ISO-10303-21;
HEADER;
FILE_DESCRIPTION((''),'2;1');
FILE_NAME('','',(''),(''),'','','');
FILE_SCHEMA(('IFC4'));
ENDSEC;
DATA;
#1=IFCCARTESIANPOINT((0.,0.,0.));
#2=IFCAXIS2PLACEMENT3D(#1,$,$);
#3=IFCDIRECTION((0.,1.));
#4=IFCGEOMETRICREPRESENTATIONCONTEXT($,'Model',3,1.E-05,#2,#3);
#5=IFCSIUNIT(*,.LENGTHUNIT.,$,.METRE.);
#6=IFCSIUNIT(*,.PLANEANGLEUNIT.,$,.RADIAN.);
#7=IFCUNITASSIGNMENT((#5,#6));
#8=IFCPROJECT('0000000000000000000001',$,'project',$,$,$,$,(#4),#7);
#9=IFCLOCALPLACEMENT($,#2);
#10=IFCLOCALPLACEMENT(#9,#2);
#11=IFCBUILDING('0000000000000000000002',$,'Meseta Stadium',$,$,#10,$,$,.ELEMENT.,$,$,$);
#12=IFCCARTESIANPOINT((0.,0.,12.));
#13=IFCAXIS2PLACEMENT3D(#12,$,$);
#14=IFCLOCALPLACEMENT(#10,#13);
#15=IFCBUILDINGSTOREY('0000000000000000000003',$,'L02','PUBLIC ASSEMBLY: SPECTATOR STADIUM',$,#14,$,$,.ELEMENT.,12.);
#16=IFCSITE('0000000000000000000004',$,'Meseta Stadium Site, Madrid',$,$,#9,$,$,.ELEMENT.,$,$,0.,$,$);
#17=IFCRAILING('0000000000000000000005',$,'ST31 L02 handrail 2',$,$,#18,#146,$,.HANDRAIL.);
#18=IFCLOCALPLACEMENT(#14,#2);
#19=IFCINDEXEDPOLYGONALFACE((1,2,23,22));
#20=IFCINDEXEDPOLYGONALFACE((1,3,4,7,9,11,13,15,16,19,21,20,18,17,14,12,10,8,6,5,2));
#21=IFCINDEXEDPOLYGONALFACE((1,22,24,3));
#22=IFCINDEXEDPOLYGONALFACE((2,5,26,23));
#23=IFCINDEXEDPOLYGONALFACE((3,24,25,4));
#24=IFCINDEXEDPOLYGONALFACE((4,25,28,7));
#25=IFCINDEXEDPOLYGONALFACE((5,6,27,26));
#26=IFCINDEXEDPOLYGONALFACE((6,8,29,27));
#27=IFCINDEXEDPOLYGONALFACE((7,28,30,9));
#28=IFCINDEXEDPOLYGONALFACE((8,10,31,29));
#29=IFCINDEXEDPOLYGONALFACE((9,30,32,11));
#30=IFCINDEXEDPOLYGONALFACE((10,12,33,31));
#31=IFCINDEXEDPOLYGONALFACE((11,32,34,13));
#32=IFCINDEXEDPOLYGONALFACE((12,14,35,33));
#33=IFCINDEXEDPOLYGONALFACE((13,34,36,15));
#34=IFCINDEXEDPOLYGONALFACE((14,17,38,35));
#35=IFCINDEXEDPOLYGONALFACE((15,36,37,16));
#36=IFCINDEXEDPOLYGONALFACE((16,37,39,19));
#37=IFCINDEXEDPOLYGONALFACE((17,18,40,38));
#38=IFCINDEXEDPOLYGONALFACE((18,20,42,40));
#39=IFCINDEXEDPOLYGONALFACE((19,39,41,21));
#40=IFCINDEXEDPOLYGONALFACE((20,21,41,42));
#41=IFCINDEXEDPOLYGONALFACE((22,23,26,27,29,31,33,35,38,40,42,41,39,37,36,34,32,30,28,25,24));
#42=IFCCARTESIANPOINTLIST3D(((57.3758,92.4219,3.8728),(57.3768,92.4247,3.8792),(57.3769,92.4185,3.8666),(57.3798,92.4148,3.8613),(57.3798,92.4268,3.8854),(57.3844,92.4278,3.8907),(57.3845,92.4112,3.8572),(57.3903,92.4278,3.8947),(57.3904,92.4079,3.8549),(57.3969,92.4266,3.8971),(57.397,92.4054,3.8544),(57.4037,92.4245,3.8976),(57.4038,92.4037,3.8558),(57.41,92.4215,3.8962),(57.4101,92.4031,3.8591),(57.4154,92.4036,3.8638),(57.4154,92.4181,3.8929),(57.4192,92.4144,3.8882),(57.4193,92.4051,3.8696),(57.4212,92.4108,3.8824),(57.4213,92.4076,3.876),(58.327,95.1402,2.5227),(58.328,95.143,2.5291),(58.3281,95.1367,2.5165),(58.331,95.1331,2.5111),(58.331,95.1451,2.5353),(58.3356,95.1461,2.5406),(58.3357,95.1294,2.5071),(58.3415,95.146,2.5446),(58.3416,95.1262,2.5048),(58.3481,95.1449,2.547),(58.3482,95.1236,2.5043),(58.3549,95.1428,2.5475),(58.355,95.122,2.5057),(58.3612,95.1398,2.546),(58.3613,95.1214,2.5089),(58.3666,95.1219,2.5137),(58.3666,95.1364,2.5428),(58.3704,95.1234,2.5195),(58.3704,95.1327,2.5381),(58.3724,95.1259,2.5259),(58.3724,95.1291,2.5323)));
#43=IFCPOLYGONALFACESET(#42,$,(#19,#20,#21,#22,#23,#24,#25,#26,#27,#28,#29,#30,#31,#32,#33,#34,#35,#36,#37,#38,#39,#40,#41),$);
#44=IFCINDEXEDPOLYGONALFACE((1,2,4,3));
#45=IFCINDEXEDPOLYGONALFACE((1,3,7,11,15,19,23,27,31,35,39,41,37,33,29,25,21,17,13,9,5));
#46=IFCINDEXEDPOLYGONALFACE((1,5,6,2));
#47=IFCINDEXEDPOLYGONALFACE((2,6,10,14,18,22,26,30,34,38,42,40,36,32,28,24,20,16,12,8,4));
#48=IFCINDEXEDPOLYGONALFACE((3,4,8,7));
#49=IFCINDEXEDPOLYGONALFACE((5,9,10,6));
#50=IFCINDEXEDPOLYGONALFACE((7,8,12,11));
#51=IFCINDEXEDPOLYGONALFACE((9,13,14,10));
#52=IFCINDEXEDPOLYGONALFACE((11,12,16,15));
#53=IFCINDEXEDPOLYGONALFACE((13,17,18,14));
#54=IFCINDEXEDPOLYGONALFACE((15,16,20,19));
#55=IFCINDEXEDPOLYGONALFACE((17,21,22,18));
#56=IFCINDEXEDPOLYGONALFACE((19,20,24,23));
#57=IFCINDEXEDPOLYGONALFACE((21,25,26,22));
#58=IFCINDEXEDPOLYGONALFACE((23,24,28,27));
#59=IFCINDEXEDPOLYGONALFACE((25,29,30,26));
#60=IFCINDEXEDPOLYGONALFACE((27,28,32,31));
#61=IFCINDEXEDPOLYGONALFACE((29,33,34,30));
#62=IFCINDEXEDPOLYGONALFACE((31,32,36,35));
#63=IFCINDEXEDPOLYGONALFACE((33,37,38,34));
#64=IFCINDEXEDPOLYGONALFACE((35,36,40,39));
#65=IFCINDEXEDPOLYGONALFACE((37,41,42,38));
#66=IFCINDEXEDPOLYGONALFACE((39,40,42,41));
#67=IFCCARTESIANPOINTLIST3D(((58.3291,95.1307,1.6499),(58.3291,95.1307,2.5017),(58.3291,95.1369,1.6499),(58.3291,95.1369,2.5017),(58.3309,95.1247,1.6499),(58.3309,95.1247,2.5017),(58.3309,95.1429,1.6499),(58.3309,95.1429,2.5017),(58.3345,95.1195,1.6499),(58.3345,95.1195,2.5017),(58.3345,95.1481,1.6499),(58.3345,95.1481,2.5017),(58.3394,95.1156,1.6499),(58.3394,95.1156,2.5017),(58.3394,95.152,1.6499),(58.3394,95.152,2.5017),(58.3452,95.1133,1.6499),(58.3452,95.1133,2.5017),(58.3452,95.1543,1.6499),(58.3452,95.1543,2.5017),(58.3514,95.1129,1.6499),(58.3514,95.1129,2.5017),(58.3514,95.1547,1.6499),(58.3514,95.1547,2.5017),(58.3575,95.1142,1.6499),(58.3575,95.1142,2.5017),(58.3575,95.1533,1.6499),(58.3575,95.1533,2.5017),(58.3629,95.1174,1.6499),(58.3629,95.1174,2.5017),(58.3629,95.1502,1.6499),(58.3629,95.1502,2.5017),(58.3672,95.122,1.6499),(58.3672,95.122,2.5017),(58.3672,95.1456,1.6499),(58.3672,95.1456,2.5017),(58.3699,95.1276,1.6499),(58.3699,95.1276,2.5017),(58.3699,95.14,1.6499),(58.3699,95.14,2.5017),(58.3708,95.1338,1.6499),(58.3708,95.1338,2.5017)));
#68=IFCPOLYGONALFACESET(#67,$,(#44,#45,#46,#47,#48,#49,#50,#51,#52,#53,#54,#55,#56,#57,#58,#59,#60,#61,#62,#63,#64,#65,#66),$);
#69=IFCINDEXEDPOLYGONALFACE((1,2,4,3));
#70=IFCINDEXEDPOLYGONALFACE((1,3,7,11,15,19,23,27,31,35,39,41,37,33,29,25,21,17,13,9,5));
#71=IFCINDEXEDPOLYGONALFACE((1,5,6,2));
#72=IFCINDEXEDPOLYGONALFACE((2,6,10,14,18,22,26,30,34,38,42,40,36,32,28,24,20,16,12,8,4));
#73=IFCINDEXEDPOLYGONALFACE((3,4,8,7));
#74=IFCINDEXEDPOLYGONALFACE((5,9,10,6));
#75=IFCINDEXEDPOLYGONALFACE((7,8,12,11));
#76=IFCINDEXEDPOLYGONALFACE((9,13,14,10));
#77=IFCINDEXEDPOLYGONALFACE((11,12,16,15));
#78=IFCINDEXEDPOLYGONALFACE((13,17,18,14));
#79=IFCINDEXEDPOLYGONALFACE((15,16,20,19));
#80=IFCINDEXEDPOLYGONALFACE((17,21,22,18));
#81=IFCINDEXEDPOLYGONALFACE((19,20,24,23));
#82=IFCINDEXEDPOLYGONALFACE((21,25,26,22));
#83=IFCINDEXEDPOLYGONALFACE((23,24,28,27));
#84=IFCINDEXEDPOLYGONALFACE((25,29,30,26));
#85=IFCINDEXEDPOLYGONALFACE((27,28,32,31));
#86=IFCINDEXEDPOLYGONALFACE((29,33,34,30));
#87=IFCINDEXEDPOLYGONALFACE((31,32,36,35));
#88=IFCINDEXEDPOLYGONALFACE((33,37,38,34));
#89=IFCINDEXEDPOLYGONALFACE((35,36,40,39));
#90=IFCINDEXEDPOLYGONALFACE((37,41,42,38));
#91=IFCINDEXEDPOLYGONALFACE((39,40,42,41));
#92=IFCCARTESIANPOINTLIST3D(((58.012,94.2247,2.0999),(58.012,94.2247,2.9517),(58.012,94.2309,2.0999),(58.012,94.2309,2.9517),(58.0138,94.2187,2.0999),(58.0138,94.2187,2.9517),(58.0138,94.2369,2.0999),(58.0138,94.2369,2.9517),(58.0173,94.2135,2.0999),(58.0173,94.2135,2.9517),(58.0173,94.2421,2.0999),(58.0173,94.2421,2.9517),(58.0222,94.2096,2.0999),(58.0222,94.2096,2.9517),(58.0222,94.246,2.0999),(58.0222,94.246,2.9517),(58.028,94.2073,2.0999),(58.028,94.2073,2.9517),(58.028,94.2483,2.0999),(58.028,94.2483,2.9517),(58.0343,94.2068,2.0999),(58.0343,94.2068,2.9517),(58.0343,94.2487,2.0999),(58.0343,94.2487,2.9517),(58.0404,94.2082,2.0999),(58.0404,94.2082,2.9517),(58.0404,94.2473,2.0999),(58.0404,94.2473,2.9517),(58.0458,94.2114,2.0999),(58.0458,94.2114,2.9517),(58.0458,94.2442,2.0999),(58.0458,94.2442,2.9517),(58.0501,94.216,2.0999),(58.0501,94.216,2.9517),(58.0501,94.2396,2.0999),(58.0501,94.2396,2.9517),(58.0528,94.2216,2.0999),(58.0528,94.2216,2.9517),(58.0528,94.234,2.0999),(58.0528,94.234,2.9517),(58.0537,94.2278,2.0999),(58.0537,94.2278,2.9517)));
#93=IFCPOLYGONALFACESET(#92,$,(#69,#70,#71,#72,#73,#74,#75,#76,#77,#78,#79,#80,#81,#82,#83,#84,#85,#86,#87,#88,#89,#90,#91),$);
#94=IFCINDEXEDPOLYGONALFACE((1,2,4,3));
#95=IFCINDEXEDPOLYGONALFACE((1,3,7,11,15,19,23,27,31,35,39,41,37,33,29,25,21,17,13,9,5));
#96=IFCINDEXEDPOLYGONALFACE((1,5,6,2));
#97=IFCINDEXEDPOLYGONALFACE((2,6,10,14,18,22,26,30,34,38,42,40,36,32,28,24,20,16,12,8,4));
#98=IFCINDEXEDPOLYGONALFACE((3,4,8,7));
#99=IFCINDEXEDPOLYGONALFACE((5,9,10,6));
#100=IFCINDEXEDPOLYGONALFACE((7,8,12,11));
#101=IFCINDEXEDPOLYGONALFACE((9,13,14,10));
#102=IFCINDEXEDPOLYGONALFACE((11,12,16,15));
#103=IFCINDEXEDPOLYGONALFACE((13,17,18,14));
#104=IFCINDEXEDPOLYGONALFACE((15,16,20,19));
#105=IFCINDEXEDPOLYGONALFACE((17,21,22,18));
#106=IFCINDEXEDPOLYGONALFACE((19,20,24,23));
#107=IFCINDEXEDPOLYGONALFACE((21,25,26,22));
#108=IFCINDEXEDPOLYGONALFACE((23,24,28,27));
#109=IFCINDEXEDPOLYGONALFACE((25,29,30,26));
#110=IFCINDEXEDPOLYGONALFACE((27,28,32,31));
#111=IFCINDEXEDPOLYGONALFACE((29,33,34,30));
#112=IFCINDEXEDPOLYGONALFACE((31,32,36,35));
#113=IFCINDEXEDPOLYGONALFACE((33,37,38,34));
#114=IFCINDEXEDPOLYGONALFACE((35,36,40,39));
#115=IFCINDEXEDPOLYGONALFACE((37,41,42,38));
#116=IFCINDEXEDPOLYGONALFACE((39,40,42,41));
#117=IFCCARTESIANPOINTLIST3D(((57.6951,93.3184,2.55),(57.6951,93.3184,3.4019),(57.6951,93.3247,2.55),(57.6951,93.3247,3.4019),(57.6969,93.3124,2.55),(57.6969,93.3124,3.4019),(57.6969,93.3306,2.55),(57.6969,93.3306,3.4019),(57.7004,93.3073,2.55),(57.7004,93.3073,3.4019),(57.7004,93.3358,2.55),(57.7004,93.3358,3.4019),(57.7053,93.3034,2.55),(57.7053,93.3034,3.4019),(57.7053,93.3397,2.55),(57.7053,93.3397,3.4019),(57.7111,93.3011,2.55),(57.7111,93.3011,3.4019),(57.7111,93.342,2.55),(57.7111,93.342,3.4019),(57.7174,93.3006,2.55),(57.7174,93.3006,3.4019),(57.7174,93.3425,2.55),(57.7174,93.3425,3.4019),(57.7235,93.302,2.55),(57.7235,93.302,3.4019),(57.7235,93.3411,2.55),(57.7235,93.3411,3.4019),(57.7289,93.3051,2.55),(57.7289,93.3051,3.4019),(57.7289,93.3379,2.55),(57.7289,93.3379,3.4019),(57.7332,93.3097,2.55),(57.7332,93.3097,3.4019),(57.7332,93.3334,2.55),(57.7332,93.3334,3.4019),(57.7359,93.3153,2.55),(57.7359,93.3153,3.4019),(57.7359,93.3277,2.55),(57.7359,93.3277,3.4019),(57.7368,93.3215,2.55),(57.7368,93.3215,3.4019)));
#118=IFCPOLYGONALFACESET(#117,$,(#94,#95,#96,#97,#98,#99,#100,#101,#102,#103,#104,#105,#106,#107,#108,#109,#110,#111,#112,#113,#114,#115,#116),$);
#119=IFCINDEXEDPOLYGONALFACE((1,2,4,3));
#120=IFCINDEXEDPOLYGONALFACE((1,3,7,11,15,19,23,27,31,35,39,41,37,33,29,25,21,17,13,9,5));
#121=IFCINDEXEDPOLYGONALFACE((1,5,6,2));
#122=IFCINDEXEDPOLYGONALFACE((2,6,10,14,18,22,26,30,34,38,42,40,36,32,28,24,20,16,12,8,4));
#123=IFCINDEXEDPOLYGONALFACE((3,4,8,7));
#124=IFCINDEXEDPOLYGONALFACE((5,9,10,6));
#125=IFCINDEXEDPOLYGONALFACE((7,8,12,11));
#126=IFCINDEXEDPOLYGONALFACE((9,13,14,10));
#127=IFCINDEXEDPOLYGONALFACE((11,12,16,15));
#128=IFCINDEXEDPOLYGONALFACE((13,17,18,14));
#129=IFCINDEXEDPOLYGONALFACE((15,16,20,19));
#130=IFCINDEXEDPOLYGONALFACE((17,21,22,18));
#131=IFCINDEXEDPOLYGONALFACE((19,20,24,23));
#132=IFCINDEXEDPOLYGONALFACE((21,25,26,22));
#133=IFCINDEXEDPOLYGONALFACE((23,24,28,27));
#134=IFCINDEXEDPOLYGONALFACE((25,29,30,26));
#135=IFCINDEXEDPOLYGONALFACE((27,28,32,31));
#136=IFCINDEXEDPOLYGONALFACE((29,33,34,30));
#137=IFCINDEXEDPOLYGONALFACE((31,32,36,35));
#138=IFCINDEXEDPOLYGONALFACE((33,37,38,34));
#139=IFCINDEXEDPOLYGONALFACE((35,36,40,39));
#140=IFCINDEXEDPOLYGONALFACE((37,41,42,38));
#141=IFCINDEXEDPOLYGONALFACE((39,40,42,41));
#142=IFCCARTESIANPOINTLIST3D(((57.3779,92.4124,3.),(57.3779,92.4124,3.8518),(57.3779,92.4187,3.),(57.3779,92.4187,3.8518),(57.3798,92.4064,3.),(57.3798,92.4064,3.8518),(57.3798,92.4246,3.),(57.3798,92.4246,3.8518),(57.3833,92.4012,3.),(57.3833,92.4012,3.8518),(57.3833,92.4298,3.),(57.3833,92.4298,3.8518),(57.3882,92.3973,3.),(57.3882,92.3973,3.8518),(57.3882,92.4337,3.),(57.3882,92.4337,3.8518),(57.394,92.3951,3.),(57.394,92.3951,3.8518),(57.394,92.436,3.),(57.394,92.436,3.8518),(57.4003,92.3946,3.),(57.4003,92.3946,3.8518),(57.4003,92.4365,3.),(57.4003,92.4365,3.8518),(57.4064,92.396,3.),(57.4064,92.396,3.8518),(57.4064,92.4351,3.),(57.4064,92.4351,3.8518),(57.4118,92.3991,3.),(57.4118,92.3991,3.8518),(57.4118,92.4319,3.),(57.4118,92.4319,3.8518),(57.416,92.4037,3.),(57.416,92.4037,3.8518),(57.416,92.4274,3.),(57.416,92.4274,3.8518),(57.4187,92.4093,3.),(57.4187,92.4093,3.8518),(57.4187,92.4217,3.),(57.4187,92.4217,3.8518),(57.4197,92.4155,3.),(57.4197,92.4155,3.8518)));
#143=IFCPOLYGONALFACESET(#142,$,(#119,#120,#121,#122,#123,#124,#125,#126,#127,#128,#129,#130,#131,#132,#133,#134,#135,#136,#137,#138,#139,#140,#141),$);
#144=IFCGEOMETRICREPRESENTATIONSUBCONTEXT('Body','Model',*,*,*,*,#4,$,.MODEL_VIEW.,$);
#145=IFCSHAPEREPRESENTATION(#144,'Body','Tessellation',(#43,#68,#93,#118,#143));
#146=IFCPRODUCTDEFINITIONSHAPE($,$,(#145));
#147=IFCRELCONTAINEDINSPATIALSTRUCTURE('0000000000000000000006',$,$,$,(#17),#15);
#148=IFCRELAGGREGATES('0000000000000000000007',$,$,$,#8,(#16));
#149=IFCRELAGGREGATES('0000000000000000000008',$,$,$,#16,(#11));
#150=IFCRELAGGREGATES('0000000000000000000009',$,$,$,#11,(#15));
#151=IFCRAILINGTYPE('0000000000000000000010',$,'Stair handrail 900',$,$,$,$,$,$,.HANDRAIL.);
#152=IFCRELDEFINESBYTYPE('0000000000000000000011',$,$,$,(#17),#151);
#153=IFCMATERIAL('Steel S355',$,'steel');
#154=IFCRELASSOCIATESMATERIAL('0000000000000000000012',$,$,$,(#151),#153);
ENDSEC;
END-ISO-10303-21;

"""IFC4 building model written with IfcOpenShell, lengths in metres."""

from ifc_helpers import new_model, si_unit, direction, frame, origin, origin_2d, place, context, subcontext, project, spatial, circle, extrude, material, type_object, element, save


model = new_model("IFC4")

# Units and contexts
model_context = context("Model", 3, precision=1e-05, world=origin(), true_north=direction((0.0, 1.0)))
body_context = subcontext(model_context, "Body", "Model", "MODEL_VIEW")
ifc_project = project(units=[si_unit("LENGTHUNIT", "METRE"), si_unit("PLANEANGLEUNIT", "RADIAN")], contexts=[model_context])

# Site, building, storey
site_placement = place(None, origin())
site = spatial("IfcSite", under=ifc_project, at=site_placement, Name="Meseta Stadium Site, Madrid", CompositionType="ELEMENT", RefElevation=0.0)
building_placement = place(site_placement, origin())
building = spatial("IfcBuilding", under=site, at=building_placement, Name="Meseta Stadium", CompositionType="ELEMENT")
storey_placement = place(building_placement, frame((0.0, 0.0, 12.0)))
storey = spatial("IfcBuildingStorey", under=building, at=storey_placement, Name="L02", Description="PUBLIC ASSEMBLY: SPECTATOR STADIUM", CompositionType="ELEMENT", Elevation=12.0)

# Railing
ifc_material_1 = material(Name="Steel S355", Category="steel")
railing_type_1 = type_object("IfcRailingType", Name="Stair handrail 900", PredefinedType="HANDRAIL", material=ifc_material_1)
for number, where, name in (
    (1, (58.3499, 95.1338, 1.6499), "ST31 L02 handrail 2"),
):
    element("IfcRailing", number, at=place(storey_placement, frame(where)), inside=storey, type_object=railing_type_1, Name=name, PredefinedType="HANDRAIL", context=body_context, shape_type="SweptSolid", body=[
        extrude(circle(Radius=0.0239, at=origin_2d()), frame((0.0, 0.0, 0.876), z_axis=(-0.299051, -0.854629, 0.424474), x_axis=(0.943882, -0.330282, 0.0)), (0.0, 0.0, 1.0), 3.1807),
        extrude(circle(Radius=0.021, at=origin_2d()), origin(), (0.0, 0.0, 1.0), 0.8518),
        extrude(circle(Radius=0.021, at=origin_2d()), frame((-0.3171, -0.906, 0.45)), (0.0, 0.0, 1.0), 0.8518),
        extrude(circle(Radius=0.021, at=origin_2d()), frame((-0.634, -1.8123, 0.9001)), (0.0, 0.0, 1.0), 0.8518),
        extrude(circle(Radius=0.021, at=origin_2d()), frame((-0.9512, -2.7183, 1.3501)), (0.0, 0.0, 1.0), 0.8518),
    ])

save(model, "model.ifc")
